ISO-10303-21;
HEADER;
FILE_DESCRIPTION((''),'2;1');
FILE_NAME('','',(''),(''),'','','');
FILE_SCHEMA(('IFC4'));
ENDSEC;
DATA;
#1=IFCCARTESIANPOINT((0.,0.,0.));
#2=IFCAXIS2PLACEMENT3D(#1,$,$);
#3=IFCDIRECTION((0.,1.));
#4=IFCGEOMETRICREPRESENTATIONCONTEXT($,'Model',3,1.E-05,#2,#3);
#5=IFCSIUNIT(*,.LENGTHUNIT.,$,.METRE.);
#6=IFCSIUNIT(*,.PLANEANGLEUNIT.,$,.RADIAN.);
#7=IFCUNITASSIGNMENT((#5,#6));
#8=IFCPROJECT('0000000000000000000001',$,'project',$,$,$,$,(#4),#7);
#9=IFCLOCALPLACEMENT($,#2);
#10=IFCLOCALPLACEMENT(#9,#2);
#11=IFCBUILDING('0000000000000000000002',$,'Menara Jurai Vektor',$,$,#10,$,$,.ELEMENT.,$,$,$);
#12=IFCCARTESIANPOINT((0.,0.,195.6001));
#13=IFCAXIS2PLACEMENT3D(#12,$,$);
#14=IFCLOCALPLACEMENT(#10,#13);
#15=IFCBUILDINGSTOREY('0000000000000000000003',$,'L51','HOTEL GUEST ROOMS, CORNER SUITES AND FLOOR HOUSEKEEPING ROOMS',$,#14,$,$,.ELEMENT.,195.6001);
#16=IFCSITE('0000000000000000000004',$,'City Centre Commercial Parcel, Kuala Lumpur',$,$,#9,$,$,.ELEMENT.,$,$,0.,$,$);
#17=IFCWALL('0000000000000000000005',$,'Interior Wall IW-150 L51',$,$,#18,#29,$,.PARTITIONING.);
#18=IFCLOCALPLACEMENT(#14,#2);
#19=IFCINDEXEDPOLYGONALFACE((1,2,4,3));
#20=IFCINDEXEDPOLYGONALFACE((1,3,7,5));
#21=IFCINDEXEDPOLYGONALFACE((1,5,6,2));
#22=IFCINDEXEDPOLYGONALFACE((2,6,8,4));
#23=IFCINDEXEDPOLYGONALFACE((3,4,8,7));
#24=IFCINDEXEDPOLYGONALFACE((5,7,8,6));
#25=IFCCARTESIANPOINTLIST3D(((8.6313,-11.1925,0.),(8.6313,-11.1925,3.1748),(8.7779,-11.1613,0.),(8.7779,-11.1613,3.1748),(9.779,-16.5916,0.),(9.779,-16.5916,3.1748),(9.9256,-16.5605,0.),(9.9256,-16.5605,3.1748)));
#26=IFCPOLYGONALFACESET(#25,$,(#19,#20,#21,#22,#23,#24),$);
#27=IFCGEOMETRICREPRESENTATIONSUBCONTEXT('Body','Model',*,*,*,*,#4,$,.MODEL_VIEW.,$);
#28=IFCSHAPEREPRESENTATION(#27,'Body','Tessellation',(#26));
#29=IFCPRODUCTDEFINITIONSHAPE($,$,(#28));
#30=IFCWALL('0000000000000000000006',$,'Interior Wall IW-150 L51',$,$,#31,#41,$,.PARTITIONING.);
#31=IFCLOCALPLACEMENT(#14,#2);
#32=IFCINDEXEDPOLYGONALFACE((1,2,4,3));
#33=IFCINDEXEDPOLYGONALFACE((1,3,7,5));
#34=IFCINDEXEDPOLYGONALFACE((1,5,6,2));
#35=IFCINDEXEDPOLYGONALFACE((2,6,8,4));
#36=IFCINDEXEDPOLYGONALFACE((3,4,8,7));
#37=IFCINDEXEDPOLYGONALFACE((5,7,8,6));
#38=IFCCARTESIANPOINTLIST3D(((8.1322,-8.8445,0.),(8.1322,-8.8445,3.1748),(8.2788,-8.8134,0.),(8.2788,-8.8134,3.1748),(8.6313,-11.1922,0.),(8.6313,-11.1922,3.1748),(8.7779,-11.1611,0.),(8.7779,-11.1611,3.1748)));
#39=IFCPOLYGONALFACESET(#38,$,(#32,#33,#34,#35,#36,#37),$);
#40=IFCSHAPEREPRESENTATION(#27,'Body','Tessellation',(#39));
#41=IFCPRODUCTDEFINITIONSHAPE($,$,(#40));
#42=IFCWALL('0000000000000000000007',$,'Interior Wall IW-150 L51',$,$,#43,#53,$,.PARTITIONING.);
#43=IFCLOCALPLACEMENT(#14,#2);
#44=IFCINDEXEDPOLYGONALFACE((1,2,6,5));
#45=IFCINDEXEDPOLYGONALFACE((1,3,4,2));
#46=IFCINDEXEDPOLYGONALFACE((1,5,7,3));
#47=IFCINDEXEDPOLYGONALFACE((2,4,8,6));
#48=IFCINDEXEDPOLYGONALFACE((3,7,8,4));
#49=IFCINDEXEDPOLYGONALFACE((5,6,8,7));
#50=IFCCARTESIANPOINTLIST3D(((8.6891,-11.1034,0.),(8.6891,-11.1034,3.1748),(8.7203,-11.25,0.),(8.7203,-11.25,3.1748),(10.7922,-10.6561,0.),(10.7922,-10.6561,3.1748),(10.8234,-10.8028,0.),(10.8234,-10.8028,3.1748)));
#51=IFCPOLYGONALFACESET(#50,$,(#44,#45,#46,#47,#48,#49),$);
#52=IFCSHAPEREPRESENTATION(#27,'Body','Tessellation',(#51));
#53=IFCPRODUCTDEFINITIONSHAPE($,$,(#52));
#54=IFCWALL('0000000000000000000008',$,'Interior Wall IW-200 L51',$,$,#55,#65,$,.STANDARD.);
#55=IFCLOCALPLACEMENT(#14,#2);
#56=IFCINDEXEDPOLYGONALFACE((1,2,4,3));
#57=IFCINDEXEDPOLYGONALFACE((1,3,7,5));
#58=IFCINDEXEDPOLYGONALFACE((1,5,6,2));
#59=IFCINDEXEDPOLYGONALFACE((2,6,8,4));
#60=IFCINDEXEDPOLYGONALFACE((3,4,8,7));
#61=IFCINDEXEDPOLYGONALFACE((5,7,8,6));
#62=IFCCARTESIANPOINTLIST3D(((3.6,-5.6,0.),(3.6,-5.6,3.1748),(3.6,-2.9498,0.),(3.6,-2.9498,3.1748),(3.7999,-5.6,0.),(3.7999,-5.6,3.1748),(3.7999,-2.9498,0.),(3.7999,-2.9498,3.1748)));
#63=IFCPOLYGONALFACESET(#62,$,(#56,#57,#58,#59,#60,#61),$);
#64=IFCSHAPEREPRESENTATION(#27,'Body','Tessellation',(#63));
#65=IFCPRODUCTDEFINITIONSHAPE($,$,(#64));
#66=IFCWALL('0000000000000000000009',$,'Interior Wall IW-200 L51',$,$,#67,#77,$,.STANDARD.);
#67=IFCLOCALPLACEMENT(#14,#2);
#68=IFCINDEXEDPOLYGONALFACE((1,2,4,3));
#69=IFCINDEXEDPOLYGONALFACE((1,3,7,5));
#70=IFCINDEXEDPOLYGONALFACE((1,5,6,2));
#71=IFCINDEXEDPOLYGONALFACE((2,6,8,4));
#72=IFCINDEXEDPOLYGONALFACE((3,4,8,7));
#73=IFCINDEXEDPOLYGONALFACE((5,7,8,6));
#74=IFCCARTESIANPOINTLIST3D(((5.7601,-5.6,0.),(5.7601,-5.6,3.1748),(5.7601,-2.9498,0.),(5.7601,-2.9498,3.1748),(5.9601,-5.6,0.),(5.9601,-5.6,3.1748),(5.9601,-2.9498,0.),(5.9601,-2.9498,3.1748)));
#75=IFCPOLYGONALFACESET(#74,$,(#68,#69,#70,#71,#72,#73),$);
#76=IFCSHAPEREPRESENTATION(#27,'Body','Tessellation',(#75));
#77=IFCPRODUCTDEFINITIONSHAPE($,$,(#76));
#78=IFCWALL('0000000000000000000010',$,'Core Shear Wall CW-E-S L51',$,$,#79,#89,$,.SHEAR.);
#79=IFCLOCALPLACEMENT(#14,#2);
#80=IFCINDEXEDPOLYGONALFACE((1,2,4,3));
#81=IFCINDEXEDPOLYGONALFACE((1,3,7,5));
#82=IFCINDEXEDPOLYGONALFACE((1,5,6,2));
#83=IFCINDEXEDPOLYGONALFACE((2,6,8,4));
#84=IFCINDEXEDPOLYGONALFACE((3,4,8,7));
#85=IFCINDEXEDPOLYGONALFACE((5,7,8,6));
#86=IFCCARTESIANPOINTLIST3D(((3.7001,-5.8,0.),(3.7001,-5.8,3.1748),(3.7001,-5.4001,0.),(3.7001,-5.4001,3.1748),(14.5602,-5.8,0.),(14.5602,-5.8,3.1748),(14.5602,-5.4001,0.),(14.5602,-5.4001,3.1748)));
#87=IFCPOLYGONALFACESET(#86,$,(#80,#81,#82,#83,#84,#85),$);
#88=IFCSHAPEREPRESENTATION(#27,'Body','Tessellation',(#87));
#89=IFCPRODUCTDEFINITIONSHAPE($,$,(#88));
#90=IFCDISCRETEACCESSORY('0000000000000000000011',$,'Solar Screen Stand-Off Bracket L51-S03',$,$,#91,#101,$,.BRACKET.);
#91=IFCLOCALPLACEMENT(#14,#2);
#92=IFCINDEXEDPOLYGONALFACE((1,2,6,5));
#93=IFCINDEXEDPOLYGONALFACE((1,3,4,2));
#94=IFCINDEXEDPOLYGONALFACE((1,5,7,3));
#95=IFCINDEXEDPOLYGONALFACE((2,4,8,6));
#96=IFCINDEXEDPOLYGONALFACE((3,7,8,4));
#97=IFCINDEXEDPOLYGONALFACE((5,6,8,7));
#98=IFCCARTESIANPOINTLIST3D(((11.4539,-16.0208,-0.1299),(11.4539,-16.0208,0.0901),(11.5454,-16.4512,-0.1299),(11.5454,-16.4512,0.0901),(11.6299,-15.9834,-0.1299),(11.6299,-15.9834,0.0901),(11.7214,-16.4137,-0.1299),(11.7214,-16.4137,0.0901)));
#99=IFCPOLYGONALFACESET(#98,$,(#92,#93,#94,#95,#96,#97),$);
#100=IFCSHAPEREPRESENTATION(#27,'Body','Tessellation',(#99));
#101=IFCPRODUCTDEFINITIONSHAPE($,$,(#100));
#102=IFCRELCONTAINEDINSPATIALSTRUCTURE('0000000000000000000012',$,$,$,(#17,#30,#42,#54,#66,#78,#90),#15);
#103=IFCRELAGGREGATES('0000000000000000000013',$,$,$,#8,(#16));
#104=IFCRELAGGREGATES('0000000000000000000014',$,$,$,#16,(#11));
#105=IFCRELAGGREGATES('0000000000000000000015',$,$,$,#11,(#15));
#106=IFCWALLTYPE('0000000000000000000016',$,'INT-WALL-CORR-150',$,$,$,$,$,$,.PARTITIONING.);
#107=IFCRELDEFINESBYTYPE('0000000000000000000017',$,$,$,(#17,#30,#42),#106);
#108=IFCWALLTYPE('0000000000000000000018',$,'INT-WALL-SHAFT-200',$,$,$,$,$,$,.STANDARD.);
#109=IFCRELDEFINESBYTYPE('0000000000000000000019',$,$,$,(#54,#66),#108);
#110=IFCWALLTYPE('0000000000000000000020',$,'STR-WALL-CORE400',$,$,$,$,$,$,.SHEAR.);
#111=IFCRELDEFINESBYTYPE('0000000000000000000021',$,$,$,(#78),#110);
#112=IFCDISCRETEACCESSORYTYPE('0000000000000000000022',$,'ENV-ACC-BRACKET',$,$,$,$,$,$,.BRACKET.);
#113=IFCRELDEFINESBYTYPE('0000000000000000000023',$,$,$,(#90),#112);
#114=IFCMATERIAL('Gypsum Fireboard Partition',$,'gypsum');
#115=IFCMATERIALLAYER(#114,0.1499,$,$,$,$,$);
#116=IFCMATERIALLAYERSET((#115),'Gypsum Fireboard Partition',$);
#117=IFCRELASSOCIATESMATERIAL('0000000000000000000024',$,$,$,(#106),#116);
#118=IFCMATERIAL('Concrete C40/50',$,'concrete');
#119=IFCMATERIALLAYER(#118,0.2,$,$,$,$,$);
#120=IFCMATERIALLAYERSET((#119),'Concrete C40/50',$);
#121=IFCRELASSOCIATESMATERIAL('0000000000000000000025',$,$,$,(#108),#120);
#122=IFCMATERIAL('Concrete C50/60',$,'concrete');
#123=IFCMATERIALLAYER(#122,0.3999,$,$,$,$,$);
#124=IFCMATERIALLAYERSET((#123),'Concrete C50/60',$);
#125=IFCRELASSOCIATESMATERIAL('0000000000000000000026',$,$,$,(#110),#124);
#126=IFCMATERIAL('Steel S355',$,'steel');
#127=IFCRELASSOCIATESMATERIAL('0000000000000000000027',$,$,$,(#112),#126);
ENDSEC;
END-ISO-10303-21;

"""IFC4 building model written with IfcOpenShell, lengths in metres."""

from ifc_helpers import new_model, si_unit, direction, frame, frame_2d, origin, origin_2d, place, context, subcontext, project, spatial, rectangle, extrude, material, layer, layer_set, type_object, element, save


model = new_model("IFC4")

# Units and contexts
model_context = context("Model", 3, precision=1e-05, world=origin(), true_north=direction((0.0, 1.0)))
body_context = subcontext(model_context, "Body", "Model", "MODEL_VIEW")
ifc_project = project(units=[si_unit("LENGTHUNIT", "METRE"), si_unit("PLANEANGLEUNIT", "RADIAN")], contexts=[model_context])

# Site, building, storey
site_placement = place(None, origin())
site = spatial("IfcSite", under=ifc_project, at=site_placement, Name="City Centre Commercial Parcel, Kuala Lumpur", CompositionType="ELEMENT", RefElevation=0.0)
building_placement = place(site_placement, origin())
building = spatial("IfcBuilding", under=site, at=building_placement, Name="Menara Jurai Vektor", CompositionType="ELEMENT")
storey_placement = place(building_placement, frame((0.0, 0.0, 195.6001)))
storey = spatial("IfcBuildingStorey", under=building, at=storey_placement, Name="L51", Description="HOTEL GUEST ROOMS, CORNER SUITES AND FLOOR HOUSEKEEPING ROOMS", CompositionType="ELEMENT", Elevation=195.6001)

# Shared definitions
ifc_material_1 = material(Name="Concrete C50/60", Category="concrete")

# Shared definitions
ifc_material_2 = material(Name="Steel S355", Category="steel")

# Shared definitions
ifc_material_3 = material(Name="Gypsum Fireboard Partition", Category="gypsum")
ifc_layer_1 = layer(ifc_material_3, 0.1499)
ifc_layer_set_1 = layer_set([ifc_layer_1], Name="Gypsum Fireboard Partition")
wall_type_1 = type_object("IfcWallType", Name="INT-WALL-CORR-150", PredefinedType="PARTITIONING", material=ifc_layer_set_1)

# Walls
wall_1_placement = place(storey_placement, frame((9.8523, -16.5759, 0.0), z_axis=(0.0, 0.0, 1.0), x_axis=(-0.207925, 0.978145, 0.0)))
element("IfcWall", 1, at=wall_1_placement, inside=storey, type_object=wall_type_1, Name="Interior Wall IW-150 L51", PredefinedType="PARTITIONING", context=body_context, shape_type="SweptSolid", body=[
    extrude(rectangle(XDim=5.5198, YDim=0.1499, at=frame_2d((2.7598, 0.0))), origin(), (0.0, 0.0, 1.0), 3.1748),
])
wall_2_placement = place(storey_placement, frame((8.7046, -11.1768, 0.0), z_axis=(0.0, 0.0, 1.0), x_axis=(-0.207917, 0.978146, 0.0)))
element("IfcWall", 2, at=wall_2_placement, inside=storey, type_object=wall_type_1, Name="Interior Wall IW-150 L51", PredefinedType="PARTITIONING", context=body_context, shape_type="SweptSolid", body=[
    extrude(rectangle(XDim=2.4001, YDim=0.1499, at=frame_2d((1.2002, 0.0))), origin(), (0.0, 0.0, 1.0), 3.1748),
])
wall_3_placement = place(storey_placement, frame((8.7046, -11.1768, 0.0), z_axis=(0.0, 0.0, 1.0), x_axis=(0.978124, 0.208024, 0.0)))
element("IfcWall", 3, at=wall_3_placement, inside=storey, type_object=wall_type_1, Name="Interior Wall IW-150 L51", PredefinedType="PARTITIONING", context=body_context, shape_type="SweptSolid", body=[
    extrude(rectangle(XDim=2.1501, YDim=0.1499, at=frame_2d((1.0752, 0.0))), origin(), (0.0, 0.0, 1.0), 3.1748),
])

# Walls
ifc_material_4 = material(Name="Concrete C40/50", Category="concrete")
ifc_layer_2 = layer(ifc_material_4, 0.2)
ifc_layer_set_2 = layer_set([ifc_layer_2], Name="Concrete C40/50")
wall_type_2 = type_object("IfcWallType", Name="INT-WALL-SHAFT-200", PredefinedType="STANDARD", material=ifc_layer_set_2)
for number, where, z_axis, x_axis, name in (
    (4, (3.7, -5.6001, 0.0), (0.0, 0.0, 1.0), (0.0, 1.0, 0.0), "Interior Wall IW-200 L51"),
    (5, (5.8601, -5.6001, 0.0), (0.0, 0.0, 1.0), (0.0, 1.0, 0.0), "Interior Wall IW-200 L51"),
):
    element("IfcWall", number, at=place(storey_placement, frame(where, z_axis=z_axis, x_axis=x_axis)), inside=storey, type_object=wall_type_2, Name=name, PredefinedType="STANDARD", context=body_context, shape_type="SweptSolid", body=[
        extrude(rectangle(XDim=2.6501, YDim=0.2, at=frame_2d((1.3252, 0.0))), origin(), (0.0, 0.0, 1.0), 3.1748),
    ])
ifc_layer_3 = layer(ifc_material_1, 0.3999)
ifc_layer_set_3 = layer_set([ifc_layer_3], Name="Concrete C50/60")
wall_type_3 = type_object("IfcWallType", Name="STR-WALL-CORE400", PredefinedType="SHEAR", material=ifc_layer_set_3)
wall_4_placement = place(storey_placement, frame((3.7, -5.6001, 0.0), z_axis=(0.0, 0.0, 1.0), x_axis=(1.0, 0.0, 0.0)))
element("IfcWall", 6, at=wall_4_placement, inside=storey, type_object=wall_type_3, Name="Core Shear Wall CW-E-S L51", PredefinedType="SHEAR", context=body_context, shape_type="SweptSolid", body=[
    extrude(rectangle(XDim=10.8601, YDim=0.3999, at=frame_2d((5.4302, 0.0))), origin(), (0.0, 0.0, 1.0), 3.1748),
])

# Discrete accessory
discrete_accessory_type = type_object("IfcDiscreteAccessoryType", Name="ENV-ACC-BRACKET", PredefinedType="BRACKET", material=ifc_material_2)
discrete_accessory_placement = place(storey_placement, frame((11.5876, -16.2173, -0.1299), z_axis=(0.0, 0.0, 1.0), x_axis=(0.978148, 0.207912, 0.0)))
element("IfcDiscreteAccessory", 7, at=discrete_accessory_placement, inside=storey, type_object=discrete_accessory_type, Name="Solar Screen Stand-Off Bracket L51-S03", PredefinedType="BRACKET", context=body_context, shape_type="SweptSolid", body=[
    extrude(rectangle(XDim=0.1799, YDim=0.4399, at=origin_2d()), origin(), (0.0, 0.0, 1.0), 0.22),
])

save(model, "model.ifc")
